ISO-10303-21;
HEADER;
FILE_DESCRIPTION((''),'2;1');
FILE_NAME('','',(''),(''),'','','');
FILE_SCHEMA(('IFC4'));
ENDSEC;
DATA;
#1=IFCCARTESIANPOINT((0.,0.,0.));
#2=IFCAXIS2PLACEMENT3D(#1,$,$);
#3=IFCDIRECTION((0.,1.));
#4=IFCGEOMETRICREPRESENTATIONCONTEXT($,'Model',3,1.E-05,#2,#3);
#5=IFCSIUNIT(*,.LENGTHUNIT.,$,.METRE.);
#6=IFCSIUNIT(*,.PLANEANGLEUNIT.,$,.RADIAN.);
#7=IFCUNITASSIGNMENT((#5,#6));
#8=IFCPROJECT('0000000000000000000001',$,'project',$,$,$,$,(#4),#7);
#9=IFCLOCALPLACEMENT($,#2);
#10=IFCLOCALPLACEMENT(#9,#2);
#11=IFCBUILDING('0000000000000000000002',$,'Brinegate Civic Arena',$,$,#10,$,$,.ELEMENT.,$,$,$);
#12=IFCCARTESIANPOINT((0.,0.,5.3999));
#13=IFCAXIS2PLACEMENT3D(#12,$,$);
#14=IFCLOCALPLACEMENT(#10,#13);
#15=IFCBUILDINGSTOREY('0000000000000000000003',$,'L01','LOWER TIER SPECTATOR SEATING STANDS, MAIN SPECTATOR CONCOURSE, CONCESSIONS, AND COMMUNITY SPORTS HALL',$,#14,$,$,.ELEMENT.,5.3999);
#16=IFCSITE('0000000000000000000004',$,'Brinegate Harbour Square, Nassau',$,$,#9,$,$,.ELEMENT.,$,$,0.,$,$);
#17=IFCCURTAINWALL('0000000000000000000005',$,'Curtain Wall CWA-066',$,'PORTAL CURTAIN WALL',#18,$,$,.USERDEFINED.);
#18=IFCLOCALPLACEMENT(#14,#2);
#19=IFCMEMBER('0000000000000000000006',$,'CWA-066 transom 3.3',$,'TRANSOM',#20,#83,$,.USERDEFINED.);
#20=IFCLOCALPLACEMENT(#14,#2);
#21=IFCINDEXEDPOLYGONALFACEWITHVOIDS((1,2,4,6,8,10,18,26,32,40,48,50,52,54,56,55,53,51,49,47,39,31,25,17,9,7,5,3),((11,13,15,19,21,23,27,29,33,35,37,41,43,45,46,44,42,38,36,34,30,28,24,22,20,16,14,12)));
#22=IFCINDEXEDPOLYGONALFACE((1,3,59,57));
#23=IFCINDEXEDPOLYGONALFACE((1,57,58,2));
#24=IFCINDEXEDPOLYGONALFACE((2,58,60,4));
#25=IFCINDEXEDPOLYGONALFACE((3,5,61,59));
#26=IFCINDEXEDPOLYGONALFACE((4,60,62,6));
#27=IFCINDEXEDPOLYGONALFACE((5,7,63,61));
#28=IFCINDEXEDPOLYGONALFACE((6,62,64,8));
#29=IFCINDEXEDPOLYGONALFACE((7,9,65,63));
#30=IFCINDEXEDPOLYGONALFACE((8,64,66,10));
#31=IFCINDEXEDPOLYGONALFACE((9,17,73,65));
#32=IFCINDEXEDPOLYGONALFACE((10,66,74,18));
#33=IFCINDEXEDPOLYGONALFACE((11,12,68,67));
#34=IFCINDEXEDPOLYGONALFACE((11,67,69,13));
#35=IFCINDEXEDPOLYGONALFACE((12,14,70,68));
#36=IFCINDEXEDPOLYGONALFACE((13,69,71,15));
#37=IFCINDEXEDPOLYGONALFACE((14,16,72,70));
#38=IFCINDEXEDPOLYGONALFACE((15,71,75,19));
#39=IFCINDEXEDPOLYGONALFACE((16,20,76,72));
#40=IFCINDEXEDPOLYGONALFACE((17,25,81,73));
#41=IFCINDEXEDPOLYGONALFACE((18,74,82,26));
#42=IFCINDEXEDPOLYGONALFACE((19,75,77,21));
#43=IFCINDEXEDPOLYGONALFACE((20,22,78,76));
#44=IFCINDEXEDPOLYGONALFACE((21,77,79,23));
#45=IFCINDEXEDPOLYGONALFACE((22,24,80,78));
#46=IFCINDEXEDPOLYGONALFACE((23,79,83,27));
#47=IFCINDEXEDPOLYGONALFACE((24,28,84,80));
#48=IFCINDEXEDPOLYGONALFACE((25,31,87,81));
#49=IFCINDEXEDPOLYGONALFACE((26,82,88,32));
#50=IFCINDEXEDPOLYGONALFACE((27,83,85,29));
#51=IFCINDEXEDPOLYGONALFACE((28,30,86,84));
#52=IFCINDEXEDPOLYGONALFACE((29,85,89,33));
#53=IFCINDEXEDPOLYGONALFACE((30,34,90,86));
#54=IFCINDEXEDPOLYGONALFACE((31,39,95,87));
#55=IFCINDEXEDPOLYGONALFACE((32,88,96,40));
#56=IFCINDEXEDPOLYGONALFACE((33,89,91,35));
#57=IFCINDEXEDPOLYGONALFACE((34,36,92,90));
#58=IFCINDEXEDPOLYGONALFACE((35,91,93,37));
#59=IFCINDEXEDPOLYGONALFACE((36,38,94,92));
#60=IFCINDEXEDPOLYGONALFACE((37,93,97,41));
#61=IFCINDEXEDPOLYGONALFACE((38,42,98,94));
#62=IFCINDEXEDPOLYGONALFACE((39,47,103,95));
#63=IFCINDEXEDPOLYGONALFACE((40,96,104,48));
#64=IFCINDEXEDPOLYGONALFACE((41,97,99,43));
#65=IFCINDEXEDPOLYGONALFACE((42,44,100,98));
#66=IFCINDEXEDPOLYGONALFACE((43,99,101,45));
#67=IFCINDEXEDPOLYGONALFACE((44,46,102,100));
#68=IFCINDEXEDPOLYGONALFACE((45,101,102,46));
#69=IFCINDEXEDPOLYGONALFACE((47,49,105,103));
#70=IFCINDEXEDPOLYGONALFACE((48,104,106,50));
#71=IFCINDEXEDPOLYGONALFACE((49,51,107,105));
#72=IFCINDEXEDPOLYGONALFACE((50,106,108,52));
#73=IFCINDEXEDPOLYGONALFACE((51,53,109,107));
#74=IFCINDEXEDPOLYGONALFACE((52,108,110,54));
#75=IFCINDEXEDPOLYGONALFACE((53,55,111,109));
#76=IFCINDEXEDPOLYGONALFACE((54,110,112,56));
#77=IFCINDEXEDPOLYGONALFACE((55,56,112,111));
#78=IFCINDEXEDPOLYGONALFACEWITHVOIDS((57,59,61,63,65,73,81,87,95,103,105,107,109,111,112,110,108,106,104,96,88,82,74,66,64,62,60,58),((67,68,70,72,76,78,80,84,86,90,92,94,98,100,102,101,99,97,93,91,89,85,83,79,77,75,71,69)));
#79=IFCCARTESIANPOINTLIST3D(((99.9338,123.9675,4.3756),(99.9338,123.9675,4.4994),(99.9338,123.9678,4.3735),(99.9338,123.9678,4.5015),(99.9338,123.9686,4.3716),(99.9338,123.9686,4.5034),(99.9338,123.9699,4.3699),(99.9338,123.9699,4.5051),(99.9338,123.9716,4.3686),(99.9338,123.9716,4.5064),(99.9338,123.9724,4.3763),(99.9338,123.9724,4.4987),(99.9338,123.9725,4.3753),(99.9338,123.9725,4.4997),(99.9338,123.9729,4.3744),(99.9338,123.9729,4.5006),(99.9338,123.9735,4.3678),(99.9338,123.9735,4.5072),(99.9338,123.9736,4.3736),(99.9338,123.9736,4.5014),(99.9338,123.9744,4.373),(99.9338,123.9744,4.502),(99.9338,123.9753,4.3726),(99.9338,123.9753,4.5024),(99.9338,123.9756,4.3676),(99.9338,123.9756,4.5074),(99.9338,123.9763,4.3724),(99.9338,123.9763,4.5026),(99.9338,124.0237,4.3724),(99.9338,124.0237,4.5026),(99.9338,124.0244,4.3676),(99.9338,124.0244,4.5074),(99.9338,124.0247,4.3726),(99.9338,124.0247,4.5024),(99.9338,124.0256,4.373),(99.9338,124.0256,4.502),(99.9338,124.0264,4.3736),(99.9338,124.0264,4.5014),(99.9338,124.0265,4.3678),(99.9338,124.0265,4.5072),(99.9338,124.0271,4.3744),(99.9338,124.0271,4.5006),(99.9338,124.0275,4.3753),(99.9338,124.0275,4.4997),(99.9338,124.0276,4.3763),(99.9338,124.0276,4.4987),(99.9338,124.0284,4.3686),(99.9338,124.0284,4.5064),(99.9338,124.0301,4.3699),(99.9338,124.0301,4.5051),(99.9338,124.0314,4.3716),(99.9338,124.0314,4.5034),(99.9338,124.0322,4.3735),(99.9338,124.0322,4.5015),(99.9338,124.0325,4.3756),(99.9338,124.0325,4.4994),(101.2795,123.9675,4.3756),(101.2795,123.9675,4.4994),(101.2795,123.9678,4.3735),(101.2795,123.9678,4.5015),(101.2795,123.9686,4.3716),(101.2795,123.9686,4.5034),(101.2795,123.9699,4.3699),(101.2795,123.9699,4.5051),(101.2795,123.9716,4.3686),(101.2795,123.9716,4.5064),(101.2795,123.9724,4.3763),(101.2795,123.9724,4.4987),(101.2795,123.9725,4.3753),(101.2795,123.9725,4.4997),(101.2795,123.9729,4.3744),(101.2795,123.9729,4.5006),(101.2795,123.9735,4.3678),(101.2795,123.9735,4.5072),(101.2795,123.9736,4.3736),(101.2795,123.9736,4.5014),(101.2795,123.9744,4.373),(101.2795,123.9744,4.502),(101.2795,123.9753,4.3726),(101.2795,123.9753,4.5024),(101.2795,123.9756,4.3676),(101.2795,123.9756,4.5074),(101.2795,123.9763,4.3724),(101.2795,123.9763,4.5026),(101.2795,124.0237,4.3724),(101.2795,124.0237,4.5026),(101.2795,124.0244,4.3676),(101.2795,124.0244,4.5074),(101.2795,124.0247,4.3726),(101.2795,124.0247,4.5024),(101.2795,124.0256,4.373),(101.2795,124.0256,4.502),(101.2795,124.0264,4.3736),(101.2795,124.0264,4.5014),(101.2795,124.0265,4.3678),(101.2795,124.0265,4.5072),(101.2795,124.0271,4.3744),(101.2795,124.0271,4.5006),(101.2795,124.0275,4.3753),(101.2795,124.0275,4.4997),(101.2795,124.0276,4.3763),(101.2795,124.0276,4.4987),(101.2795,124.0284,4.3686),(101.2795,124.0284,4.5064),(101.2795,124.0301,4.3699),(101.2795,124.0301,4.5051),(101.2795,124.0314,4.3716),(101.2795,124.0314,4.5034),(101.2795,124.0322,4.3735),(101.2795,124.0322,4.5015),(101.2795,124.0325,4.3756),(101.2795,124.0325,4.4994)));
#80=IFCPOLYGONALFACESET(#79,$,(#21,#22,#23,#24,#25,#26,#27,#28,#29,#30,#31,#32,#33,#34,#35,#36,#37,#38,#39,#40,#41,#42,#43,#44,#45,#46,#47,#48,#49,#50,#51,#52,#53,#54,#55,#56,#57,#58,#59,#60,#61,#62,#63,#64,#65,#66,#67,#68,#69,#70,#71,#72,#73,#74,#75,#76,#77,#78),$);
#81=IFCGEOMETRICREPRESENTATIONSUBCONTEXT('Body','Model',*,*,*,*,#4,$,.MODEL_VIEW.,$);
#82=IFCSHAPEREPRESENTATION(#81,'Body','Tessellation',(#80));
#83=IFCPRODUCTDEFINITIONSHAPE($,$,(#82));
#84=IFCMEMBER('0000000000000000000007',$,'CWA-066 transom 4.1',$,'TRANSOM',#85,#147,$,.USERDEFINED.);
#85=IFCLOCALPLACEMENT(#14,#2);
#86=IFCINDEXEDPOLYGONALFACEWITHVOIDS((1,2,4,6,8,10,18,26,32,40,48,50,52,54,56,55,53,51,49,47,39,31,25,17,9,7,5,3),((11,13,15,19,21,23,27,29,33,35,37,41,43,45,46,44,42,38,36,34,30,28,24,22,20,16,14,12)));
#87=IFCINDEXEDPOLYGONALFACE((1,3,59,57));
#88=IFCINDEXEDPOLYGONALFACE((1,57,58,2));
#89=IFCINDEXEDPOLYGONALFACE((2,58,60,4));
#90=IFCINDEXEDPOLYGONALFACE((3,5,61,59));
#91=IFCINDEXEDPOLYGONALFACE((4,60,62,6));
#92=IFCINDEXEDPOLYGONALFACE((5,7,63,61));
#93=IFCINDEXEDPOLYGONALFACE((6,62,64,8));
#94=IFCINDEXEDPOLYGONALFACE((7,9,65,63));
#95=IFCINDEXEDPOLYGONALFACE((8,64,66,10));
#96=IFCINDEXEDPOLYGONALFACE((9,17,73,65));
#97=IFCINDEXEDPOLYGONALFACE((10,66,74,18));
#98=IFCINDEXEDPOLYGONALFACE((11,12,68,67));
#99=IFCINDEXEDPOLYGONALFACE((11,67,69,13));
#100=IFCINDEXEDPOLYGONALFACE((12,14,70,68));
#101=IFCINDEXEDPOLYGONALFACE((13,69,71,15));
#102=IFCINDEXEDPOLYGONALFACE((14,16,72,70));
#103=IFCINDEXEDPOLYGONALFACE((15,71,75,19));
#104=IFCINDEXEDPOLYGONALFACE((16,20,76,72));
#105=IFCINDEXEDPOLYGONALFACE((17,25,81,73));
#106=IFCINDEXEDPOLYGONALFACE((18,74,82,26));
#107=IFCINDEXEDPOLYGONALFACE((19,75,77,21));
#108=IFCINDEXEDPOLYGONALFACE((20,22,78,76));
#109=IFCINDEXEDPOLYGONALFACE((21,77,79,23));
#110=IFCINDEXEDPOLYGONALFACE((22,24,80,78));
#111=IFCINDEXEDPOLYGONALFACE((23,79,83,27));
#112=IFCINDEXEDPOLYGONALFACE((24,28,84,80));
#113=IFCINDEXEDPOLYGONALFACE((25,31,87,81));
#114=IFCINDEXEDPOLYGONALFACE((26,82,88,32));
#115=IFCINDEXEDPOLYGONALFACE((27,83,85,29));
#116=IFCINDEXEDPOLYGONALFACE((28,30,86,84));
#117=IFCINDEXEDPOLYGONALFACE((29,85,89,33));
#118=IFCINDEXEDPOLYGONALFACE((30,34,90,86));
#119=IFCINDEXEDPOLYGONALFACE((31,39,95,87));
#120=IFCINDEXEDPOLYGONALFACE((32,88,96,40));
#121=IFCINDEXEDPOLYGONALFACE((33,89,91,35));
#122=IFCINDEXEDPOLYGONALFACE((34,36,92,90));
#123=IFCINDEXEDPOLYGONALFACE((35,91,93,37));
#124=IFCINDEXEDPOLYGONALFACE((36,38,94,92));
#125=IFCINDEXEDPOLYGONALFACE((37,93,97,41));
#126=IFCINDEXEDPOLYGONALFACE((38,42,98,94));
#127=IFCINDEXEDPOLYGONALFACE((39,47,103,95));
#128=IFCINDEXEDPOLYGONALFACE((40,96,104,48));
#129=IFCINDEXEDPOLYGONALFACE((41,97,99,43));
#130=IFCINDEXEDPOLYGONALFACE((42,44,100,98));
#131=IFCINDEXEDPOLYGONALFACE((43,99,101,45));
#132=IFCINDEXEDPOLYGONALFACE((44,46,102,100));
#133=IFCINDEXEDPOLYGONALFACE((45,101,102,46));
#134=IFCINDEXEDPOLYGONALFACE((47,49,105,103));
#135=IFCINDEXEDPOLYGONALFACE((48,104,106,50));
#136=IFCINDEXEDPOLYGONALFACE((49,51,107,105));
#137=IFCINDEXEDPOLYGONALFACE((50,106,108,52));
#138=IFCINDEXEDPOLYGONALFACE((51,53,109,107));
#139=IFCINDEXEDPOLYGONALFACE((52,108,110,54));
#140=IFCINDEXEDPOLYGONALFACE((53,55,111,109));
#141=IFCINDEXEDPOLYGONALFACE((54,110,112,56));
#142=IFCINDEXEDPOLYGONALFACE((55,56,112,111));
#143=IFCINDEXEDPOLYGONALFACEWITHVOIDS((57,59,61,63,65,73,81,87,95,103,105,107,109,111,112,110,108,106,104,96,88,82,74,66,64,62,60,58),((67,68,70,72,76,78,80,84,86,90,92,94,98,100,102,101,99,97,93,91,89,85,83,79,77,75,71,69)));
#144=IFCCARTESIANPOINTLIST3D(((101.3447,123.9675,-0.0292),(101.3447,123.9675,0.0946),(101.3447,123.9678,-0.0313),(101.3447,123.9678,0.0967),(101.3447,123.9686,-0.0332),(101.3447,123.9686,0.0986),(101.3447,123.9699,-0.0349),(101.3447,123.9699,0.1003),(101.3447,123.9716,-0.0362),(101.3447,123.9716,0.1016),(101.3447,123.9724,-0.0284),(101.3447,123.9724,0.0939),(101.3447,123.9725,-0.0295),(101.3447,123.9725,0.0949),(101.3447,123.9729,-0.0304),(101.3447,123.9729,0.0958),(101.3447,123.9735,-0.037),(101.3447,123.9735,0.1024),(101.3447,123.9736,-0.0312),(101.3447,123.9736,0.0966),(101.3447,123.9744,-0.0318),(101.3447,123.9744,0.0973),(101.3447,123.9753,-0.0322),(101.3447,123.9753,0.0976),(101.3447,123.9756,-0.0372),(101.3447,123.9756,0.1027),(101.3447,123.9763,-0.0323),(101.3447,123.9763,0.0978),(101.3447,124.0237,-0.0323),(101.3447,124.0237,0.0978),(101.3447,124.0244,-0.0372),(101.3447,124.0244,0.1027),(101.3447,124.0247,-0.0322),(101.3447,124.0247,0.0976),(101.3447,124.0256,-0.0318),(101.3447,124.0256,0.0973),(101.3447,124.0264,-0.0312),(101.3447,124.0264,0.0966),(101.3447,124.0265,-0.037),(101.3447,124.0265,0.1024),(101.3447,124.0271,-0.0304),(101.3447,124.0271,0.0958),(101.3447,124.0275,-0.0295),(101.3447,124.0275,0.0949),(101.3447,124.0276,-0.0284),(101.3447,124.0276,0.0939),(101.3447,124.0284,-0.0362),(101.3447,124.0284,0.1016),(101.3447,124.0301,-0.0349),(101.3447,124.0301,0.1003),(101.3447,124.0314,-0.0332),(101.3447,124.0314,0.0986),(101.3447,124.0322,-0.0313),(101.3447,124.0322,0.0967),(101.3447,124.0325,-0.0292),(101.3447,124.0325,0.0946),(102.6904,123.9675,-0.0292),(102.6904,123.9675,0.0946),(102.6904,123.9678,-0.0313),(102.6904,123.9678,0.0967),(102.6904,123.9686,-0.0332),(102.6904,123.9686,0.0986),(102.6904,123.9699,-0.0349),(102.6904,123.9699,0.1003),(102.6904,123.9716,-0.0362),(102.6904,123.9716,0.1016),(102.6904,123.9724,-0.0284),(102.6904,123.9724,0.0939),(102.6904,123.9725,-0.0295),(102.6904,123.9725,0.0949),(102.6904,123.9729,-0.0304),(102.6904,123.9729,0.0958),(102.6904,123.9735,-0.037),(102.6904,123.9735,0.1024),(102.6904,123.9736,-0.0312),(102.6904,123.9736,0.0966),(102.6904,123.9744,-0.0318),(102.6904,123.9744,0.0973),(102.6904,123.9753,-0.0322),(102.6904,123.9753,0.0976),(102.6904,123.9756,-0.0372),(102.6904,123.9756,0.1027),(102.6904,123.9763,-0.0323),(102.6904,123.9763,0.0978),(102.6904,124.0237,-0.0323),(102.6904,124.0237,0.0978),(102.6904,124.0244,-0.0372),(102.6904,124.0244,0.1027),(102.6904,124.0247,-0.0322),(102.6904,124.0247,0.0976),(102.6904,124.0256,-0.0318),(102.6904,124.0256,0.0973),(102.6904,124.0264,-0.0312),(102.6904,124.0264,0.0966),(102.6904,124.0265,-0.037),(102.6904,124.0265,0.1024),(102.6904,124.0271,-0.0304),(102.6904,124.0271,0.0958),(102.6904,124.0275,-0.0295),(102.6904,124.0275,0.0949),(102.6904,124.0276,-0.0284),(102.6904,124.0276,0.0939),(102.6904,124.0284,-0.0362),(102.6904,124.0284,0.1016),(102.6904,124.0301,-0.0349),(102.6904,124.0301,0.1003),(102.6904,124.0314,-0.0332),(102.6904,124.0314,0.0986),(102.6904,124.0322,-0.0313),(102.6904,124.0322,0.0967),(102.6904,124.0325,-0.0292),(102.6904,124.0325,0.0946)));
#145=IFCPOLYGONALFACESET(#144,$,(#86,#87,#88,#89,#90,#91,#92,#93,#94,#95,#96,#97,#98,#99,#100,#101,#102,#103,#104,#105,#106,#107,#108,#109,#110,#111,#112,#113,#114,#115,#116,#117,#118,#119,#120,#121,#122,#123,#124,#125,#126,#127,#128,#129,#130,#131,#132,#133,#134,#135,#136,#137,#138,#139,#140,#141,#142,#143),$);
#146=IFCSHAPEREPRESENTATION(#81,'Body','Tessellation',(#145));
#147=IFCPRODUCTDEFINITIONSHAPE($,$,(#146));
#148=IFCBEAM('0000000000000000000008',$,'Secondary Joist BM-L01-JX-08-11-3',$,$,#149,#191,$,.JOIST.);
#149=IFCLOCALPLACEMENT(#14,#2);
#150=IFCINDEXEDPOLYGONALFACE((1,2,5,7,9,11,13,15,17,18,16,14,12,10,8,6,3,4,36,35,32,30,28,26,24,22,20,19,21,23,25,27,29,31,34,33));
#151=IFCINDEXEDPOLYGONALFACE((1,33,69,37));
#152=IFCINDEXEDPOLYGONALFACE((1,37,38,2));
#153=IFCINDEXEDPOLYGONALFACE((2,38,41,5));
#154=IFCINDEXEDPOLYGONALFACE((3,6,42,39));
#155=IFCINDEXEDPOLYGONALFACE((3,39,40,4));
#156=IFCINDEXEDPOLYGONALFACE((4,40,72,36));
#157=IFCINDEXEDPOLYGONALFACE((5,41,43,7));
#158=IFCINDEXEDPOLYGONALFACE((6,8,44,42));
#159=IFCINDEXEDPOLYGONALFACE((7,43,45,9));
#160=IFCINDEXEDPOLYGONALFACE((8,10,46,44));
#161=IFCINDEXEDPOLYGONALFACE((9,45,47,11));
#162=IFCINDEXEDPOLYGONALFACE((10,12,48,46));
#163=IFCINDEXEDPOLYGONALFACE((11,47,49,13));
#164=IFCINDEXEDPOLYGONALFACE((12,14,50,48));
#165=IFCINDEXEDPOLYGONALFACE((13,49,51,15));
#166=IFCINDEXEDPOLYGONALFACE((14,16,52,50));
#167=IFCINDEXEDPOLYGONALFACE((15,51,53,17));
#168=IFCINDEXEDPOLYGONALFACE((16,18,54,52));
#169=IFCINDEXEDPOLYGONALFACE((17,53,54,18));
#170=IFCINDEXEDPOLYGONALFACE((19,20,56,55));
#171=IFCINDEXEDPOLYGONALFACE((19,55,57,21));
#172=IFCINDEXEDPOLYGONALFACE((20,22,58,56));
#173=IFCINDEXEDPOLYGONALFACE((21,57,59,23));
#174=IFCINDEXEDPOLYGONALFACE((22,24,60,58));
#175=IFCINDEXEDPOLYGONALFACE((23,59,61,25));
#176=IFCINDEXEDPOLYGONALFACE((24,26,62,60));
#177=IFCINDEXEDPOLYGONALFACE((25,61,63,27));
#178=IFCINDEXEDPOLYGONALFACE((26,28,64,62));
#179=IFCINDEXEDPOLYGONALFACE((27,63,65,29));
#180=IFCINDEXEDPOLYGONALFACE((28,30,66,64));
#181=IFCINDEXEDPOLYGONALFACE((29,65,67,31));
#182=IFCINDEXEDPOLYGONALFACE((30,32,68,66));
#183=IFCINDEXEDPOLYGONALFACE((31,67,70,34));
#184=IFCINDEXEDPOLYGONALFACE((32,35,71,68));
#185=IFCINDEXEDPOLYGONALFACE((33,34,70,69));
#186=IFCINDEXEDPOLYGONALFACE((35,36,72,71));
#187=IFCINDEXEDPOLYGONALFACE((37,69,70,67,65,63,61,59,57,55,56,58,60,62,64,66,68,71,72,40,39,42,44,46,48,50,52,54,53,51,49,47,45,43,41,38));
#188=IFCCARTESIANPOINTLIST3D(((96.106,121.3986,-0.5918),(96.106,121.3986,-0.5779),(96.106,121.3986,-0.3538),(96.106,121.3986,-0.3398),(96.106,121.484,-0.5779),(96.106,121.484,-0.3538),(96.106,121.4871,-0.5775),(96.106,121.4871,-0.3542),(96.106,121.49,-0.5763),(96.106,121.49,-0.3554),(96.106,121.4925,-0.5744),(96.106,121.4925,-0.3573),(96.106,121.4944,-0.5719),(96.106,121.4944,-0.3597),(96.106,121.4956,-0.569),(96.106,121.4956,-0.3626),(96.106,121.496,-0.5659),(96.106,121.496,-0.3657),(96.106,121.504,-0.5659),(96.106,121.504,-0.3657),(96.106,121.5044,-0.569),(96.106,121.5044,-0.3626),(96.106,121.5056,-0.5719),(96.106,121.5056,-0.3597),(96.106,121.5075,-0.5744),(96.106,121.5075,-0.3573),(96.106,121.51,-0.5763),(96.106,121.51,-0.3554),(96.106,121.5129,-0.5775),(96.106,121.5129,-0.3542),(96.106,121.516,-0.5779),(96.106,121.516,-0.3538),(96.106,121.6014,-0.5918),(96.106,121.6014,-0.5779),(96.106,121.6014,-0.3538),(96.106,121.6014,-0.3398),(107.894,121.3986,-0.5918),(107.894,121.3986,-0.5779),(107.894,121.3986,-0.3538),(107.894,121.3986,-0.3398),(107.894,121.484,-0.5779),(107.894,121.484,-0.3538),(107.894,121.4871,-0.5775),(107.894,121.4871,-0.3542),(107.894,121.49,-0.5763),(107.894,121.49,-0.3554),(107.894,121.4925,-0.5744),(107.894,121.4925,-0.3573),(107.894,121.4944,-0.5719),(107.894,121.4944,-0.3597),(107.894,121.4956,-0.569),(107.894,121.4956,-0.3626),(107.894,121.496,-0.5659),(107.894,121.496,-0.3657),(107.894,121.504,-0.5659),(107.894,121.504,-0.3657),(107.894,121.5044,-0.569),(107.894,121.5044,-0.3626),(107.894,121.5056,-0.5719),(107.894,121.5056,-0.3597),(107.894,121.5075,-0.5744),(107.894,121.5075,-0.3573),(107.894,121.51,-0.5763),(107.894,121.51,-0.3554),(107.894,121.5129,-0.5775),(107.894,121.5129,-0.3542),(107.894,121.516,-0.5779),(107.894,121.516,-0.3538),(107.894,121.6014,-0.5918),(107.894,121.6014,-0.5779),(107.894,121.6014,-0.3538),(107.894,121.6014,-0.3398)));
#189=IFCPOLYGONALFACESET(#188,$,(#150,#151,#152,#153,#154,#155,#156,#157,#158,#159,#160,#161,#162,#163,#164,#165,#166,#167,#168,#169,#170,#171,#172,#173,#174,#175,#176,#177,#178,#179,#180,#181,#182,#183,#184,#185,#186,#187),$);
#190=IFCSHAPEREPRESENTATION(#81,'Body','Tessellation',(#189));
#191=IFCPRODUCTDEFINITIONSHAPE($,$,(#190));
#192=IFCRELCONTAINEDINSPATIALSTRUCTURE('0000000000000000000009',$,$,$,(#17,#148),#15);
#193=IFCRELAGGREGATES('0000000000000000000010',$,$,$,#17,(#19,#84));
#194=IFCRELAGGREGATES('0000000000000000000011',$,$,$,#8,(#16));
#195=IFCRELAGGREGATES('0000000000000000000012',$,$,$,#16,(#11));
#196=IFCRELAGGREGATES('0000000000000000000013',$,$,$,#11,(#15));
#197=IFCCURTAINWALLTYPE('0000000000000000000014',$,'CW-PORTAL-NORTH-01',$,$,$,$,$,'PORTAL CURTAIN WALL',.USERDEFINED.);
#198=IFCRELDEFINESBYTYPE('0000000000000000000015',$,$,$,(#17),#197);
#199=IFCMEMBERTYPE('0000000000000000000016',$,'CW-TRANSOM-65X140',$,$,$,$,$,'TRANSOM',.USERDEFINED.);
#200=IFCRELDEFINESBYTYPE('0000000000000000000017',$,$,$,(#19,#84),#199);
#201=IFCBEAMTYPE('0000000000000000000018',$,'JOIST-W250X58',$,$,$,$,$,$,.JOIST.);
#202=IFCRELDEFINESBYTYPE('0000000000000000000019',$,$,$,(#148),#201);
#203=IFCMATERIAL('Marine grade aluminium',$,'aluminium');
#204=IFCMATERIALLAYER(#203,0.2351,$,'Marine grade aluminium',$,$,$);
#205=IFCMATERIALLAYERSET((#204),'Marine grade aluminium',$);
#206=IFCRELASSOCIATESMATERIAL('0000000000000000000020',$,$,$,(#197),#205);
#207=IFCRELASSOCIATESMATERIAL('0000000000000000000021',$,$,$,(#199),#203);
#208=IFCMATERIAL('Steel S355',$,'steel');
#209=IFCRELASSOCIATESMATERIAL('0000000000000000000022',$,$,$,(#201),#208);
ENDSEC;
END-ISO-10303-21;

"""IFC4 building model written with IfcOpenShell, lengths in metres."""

from ifc_helpers import new_model, si_unit, direction, frame, origin, origin_2d, place, context, subcontext, project, spatial, hollow_rectangle, i_section, extrude, material, layer, layer_set, material_profile, profile_set, type_object, element, aggregate, save


model = new_model("IFC4")

# Units and contexts
model_context = context("Model", 3, precision=1e-05, world=origin(), true_north=direction((0.0, 1.0)))
body_context = subcontext(model_context, "Body", "Model", "MODEL_VIEW")
ifc_project = project(units=[si_unit("LENGTHUNIT", "METRE"), si_unit("PLANEANGLEUNIT", "RADIAN")], contexts=[model_context])

# Site, building, storey
site_placement = place(None, origin())
site = spatial("IfcSite", under=ifc_project, at=site_placement, Name="Brinegate Harbour Square, Nassau", CompositionType="ELEMENT", RefElevation=0.0)
building_placement = place(site_placement, origin())
building = spatial("IfcBuilding", under=site, at=building_placement, Name="Brinegate Civic Arena", CompositionType="ELEMENT")
storey_placement = place(building_placement, frame((0.0, 0.0, 5.3999)))
storey = spatial("IfcBuildingStorey", under=building, at=storey_placement, Name="L01", Description="LOWER TIER SPECTATOR SEATING STANDS, MAIN SPECTATOR CONCOURSE, CONCESSIONS, AND COMMUNITY SPORTS HALL", CompositionType="ELEMENT", Elevation=5.3999)

# Curtain wall, members
ifc_material_1 = material(Name="Marine grade aluminium", Category="aluminium")
ifc_layer_1 = layer(ifc_material_1, 0.2351, Name="Marine grade aluminium")
ifc_layer_set_1 = layer_set([ifc_layer_1], Name="Marine grade aluminium")
curtain_wall_type = type_object("IfcCurtainWallType", Name="CW-PORTAL-NORTH-01", ElementType="PORTAL CURTAIN WALL", PredefinedType="USERDEFINED", material=ifc_layer_set_1)
curtain_wall_placement = place(storey_placement, origin())
curtain_wall = element("IfcCurtainWall", 1, at=curtain_wall_placement, inside=storey, type_object=curtain_wall_type, Name="Curtain Wall CWA-066", ObjectType="PORTAL CURTAIN WALL", PredefinedType="USERDEFINED")
ifc_material_profile_1 = material_profile(ifc_material_1, hollow_rectangle(XDim=0.0649, YDim=0.1399, WallThickness=0.0049, InnerFilletRadius=0.0039, OuterFilletRadius=0.0081, at=origin_2d()), Name="TRN65X140")
ifc_profile_set_1 = profile_set([ifc_material_profile_1], Name="Marine grade aluminium")
member_type_1 = type_object("IfcMemberType", Name="CW-TRANSOM-65X140", ElementType="TRANSOM", PredefinedType="USERDEFINED", material=ifc_profile_set_1)
member_1_placement = place(storey_placement, frame((99.9338, 124.0, 4.4375), z_axis=(1.0, 0.0, 0.0), x_axis=(0.0, 1.0, 0.0)))
member_1 = element("IfcMember", 2, at=member_1_placement, type_object=member_type_1, Name="CWA-066 transom 3.3", ObjectType="TRANSOM", PredefinedType="USERDEFINED", context=body_context, shape_type="SweptSolid", body=[
    extrude(hollow_rectangle(XDim=0.0649, YDim=0.1399, WallThickness=0.0049, InnerFilletRadius=0.0039, OuterFilletRadius=0.0081, at=origin_2d()), origin(), (0.0, 0.0, 1.0), 1.3457),
])
member_2_placement = place(storey_placement, frame((101.3447, 124.0, 0.0327), z_axis=(1.0, 0.0, 0.0), x_axis=(0.0, 1.0, 0.0)))
member_2 = element("IfcMember", 3, at=member_2_placement, type_object=member_type_1, Name="CWA-066 transom 4.1", ObjectType="TRANSOM", PredefinedType="USERDEFINED", context=body_context, shape_type="SweptSolid", body=[
    extrude(hollow_rectangle(XDim=0.0649, YDim=0.1399, WallThickness=0.0049, InnerFilletRadius=0.0039, OuterFilletRadius=0.0081, at=origin_2d()), origin(), (0.0, 0.0, 1.0), 1.3457),
])

# Beam
ifc_material_2 = material(Name="Steel S355", Category="steel")
ifc_material_profile_2 = material_profile(ifc_material_2, i_section(OverallWidth=0.2029, OverallDepth=0.252, WebThickness=0.0081, FlangeThickness=0.0139, FilletRadius=0.012, at=origin_2d()), Name="W250X58")
ifc_profile_set_2 = profile_set([ifc_material_profile_2], Name="Steel S355")
beam_type_1 = type_object("IfcBeamType", Name="JOIST-W250X58", PredefinedType="JOIST", material=ifc_profile_set_2)
beam_1_placement = place(storey_placement, frame((96.106, 121.5, -0.4658), z_axis=(1.0, 0.0, 0.0), x_axis=(0.0, 1.0, 0.0)))
element("IfcBeam", 4, at=beam_1_placement, inside=storey, type_object=beam_type_1, Name="Secondary Joist BM-L01-JX-08-11-3", PredefinedType="JOIST", context=body_context, shape_type="SweptSolid", body=[
    extrude(i_section(OverallWidth=0.2029, OverallDepth=0.252, WebThickness=0.0081, FlangeThickness=0.0139, FilletRadius=0.012, at=origin_2d()), origin(), (0.0, 0.0, 1.0), 11.7881),
])

aggregate(curtain_wall, [member_1, member_2])

save(model, "model.ifc")
